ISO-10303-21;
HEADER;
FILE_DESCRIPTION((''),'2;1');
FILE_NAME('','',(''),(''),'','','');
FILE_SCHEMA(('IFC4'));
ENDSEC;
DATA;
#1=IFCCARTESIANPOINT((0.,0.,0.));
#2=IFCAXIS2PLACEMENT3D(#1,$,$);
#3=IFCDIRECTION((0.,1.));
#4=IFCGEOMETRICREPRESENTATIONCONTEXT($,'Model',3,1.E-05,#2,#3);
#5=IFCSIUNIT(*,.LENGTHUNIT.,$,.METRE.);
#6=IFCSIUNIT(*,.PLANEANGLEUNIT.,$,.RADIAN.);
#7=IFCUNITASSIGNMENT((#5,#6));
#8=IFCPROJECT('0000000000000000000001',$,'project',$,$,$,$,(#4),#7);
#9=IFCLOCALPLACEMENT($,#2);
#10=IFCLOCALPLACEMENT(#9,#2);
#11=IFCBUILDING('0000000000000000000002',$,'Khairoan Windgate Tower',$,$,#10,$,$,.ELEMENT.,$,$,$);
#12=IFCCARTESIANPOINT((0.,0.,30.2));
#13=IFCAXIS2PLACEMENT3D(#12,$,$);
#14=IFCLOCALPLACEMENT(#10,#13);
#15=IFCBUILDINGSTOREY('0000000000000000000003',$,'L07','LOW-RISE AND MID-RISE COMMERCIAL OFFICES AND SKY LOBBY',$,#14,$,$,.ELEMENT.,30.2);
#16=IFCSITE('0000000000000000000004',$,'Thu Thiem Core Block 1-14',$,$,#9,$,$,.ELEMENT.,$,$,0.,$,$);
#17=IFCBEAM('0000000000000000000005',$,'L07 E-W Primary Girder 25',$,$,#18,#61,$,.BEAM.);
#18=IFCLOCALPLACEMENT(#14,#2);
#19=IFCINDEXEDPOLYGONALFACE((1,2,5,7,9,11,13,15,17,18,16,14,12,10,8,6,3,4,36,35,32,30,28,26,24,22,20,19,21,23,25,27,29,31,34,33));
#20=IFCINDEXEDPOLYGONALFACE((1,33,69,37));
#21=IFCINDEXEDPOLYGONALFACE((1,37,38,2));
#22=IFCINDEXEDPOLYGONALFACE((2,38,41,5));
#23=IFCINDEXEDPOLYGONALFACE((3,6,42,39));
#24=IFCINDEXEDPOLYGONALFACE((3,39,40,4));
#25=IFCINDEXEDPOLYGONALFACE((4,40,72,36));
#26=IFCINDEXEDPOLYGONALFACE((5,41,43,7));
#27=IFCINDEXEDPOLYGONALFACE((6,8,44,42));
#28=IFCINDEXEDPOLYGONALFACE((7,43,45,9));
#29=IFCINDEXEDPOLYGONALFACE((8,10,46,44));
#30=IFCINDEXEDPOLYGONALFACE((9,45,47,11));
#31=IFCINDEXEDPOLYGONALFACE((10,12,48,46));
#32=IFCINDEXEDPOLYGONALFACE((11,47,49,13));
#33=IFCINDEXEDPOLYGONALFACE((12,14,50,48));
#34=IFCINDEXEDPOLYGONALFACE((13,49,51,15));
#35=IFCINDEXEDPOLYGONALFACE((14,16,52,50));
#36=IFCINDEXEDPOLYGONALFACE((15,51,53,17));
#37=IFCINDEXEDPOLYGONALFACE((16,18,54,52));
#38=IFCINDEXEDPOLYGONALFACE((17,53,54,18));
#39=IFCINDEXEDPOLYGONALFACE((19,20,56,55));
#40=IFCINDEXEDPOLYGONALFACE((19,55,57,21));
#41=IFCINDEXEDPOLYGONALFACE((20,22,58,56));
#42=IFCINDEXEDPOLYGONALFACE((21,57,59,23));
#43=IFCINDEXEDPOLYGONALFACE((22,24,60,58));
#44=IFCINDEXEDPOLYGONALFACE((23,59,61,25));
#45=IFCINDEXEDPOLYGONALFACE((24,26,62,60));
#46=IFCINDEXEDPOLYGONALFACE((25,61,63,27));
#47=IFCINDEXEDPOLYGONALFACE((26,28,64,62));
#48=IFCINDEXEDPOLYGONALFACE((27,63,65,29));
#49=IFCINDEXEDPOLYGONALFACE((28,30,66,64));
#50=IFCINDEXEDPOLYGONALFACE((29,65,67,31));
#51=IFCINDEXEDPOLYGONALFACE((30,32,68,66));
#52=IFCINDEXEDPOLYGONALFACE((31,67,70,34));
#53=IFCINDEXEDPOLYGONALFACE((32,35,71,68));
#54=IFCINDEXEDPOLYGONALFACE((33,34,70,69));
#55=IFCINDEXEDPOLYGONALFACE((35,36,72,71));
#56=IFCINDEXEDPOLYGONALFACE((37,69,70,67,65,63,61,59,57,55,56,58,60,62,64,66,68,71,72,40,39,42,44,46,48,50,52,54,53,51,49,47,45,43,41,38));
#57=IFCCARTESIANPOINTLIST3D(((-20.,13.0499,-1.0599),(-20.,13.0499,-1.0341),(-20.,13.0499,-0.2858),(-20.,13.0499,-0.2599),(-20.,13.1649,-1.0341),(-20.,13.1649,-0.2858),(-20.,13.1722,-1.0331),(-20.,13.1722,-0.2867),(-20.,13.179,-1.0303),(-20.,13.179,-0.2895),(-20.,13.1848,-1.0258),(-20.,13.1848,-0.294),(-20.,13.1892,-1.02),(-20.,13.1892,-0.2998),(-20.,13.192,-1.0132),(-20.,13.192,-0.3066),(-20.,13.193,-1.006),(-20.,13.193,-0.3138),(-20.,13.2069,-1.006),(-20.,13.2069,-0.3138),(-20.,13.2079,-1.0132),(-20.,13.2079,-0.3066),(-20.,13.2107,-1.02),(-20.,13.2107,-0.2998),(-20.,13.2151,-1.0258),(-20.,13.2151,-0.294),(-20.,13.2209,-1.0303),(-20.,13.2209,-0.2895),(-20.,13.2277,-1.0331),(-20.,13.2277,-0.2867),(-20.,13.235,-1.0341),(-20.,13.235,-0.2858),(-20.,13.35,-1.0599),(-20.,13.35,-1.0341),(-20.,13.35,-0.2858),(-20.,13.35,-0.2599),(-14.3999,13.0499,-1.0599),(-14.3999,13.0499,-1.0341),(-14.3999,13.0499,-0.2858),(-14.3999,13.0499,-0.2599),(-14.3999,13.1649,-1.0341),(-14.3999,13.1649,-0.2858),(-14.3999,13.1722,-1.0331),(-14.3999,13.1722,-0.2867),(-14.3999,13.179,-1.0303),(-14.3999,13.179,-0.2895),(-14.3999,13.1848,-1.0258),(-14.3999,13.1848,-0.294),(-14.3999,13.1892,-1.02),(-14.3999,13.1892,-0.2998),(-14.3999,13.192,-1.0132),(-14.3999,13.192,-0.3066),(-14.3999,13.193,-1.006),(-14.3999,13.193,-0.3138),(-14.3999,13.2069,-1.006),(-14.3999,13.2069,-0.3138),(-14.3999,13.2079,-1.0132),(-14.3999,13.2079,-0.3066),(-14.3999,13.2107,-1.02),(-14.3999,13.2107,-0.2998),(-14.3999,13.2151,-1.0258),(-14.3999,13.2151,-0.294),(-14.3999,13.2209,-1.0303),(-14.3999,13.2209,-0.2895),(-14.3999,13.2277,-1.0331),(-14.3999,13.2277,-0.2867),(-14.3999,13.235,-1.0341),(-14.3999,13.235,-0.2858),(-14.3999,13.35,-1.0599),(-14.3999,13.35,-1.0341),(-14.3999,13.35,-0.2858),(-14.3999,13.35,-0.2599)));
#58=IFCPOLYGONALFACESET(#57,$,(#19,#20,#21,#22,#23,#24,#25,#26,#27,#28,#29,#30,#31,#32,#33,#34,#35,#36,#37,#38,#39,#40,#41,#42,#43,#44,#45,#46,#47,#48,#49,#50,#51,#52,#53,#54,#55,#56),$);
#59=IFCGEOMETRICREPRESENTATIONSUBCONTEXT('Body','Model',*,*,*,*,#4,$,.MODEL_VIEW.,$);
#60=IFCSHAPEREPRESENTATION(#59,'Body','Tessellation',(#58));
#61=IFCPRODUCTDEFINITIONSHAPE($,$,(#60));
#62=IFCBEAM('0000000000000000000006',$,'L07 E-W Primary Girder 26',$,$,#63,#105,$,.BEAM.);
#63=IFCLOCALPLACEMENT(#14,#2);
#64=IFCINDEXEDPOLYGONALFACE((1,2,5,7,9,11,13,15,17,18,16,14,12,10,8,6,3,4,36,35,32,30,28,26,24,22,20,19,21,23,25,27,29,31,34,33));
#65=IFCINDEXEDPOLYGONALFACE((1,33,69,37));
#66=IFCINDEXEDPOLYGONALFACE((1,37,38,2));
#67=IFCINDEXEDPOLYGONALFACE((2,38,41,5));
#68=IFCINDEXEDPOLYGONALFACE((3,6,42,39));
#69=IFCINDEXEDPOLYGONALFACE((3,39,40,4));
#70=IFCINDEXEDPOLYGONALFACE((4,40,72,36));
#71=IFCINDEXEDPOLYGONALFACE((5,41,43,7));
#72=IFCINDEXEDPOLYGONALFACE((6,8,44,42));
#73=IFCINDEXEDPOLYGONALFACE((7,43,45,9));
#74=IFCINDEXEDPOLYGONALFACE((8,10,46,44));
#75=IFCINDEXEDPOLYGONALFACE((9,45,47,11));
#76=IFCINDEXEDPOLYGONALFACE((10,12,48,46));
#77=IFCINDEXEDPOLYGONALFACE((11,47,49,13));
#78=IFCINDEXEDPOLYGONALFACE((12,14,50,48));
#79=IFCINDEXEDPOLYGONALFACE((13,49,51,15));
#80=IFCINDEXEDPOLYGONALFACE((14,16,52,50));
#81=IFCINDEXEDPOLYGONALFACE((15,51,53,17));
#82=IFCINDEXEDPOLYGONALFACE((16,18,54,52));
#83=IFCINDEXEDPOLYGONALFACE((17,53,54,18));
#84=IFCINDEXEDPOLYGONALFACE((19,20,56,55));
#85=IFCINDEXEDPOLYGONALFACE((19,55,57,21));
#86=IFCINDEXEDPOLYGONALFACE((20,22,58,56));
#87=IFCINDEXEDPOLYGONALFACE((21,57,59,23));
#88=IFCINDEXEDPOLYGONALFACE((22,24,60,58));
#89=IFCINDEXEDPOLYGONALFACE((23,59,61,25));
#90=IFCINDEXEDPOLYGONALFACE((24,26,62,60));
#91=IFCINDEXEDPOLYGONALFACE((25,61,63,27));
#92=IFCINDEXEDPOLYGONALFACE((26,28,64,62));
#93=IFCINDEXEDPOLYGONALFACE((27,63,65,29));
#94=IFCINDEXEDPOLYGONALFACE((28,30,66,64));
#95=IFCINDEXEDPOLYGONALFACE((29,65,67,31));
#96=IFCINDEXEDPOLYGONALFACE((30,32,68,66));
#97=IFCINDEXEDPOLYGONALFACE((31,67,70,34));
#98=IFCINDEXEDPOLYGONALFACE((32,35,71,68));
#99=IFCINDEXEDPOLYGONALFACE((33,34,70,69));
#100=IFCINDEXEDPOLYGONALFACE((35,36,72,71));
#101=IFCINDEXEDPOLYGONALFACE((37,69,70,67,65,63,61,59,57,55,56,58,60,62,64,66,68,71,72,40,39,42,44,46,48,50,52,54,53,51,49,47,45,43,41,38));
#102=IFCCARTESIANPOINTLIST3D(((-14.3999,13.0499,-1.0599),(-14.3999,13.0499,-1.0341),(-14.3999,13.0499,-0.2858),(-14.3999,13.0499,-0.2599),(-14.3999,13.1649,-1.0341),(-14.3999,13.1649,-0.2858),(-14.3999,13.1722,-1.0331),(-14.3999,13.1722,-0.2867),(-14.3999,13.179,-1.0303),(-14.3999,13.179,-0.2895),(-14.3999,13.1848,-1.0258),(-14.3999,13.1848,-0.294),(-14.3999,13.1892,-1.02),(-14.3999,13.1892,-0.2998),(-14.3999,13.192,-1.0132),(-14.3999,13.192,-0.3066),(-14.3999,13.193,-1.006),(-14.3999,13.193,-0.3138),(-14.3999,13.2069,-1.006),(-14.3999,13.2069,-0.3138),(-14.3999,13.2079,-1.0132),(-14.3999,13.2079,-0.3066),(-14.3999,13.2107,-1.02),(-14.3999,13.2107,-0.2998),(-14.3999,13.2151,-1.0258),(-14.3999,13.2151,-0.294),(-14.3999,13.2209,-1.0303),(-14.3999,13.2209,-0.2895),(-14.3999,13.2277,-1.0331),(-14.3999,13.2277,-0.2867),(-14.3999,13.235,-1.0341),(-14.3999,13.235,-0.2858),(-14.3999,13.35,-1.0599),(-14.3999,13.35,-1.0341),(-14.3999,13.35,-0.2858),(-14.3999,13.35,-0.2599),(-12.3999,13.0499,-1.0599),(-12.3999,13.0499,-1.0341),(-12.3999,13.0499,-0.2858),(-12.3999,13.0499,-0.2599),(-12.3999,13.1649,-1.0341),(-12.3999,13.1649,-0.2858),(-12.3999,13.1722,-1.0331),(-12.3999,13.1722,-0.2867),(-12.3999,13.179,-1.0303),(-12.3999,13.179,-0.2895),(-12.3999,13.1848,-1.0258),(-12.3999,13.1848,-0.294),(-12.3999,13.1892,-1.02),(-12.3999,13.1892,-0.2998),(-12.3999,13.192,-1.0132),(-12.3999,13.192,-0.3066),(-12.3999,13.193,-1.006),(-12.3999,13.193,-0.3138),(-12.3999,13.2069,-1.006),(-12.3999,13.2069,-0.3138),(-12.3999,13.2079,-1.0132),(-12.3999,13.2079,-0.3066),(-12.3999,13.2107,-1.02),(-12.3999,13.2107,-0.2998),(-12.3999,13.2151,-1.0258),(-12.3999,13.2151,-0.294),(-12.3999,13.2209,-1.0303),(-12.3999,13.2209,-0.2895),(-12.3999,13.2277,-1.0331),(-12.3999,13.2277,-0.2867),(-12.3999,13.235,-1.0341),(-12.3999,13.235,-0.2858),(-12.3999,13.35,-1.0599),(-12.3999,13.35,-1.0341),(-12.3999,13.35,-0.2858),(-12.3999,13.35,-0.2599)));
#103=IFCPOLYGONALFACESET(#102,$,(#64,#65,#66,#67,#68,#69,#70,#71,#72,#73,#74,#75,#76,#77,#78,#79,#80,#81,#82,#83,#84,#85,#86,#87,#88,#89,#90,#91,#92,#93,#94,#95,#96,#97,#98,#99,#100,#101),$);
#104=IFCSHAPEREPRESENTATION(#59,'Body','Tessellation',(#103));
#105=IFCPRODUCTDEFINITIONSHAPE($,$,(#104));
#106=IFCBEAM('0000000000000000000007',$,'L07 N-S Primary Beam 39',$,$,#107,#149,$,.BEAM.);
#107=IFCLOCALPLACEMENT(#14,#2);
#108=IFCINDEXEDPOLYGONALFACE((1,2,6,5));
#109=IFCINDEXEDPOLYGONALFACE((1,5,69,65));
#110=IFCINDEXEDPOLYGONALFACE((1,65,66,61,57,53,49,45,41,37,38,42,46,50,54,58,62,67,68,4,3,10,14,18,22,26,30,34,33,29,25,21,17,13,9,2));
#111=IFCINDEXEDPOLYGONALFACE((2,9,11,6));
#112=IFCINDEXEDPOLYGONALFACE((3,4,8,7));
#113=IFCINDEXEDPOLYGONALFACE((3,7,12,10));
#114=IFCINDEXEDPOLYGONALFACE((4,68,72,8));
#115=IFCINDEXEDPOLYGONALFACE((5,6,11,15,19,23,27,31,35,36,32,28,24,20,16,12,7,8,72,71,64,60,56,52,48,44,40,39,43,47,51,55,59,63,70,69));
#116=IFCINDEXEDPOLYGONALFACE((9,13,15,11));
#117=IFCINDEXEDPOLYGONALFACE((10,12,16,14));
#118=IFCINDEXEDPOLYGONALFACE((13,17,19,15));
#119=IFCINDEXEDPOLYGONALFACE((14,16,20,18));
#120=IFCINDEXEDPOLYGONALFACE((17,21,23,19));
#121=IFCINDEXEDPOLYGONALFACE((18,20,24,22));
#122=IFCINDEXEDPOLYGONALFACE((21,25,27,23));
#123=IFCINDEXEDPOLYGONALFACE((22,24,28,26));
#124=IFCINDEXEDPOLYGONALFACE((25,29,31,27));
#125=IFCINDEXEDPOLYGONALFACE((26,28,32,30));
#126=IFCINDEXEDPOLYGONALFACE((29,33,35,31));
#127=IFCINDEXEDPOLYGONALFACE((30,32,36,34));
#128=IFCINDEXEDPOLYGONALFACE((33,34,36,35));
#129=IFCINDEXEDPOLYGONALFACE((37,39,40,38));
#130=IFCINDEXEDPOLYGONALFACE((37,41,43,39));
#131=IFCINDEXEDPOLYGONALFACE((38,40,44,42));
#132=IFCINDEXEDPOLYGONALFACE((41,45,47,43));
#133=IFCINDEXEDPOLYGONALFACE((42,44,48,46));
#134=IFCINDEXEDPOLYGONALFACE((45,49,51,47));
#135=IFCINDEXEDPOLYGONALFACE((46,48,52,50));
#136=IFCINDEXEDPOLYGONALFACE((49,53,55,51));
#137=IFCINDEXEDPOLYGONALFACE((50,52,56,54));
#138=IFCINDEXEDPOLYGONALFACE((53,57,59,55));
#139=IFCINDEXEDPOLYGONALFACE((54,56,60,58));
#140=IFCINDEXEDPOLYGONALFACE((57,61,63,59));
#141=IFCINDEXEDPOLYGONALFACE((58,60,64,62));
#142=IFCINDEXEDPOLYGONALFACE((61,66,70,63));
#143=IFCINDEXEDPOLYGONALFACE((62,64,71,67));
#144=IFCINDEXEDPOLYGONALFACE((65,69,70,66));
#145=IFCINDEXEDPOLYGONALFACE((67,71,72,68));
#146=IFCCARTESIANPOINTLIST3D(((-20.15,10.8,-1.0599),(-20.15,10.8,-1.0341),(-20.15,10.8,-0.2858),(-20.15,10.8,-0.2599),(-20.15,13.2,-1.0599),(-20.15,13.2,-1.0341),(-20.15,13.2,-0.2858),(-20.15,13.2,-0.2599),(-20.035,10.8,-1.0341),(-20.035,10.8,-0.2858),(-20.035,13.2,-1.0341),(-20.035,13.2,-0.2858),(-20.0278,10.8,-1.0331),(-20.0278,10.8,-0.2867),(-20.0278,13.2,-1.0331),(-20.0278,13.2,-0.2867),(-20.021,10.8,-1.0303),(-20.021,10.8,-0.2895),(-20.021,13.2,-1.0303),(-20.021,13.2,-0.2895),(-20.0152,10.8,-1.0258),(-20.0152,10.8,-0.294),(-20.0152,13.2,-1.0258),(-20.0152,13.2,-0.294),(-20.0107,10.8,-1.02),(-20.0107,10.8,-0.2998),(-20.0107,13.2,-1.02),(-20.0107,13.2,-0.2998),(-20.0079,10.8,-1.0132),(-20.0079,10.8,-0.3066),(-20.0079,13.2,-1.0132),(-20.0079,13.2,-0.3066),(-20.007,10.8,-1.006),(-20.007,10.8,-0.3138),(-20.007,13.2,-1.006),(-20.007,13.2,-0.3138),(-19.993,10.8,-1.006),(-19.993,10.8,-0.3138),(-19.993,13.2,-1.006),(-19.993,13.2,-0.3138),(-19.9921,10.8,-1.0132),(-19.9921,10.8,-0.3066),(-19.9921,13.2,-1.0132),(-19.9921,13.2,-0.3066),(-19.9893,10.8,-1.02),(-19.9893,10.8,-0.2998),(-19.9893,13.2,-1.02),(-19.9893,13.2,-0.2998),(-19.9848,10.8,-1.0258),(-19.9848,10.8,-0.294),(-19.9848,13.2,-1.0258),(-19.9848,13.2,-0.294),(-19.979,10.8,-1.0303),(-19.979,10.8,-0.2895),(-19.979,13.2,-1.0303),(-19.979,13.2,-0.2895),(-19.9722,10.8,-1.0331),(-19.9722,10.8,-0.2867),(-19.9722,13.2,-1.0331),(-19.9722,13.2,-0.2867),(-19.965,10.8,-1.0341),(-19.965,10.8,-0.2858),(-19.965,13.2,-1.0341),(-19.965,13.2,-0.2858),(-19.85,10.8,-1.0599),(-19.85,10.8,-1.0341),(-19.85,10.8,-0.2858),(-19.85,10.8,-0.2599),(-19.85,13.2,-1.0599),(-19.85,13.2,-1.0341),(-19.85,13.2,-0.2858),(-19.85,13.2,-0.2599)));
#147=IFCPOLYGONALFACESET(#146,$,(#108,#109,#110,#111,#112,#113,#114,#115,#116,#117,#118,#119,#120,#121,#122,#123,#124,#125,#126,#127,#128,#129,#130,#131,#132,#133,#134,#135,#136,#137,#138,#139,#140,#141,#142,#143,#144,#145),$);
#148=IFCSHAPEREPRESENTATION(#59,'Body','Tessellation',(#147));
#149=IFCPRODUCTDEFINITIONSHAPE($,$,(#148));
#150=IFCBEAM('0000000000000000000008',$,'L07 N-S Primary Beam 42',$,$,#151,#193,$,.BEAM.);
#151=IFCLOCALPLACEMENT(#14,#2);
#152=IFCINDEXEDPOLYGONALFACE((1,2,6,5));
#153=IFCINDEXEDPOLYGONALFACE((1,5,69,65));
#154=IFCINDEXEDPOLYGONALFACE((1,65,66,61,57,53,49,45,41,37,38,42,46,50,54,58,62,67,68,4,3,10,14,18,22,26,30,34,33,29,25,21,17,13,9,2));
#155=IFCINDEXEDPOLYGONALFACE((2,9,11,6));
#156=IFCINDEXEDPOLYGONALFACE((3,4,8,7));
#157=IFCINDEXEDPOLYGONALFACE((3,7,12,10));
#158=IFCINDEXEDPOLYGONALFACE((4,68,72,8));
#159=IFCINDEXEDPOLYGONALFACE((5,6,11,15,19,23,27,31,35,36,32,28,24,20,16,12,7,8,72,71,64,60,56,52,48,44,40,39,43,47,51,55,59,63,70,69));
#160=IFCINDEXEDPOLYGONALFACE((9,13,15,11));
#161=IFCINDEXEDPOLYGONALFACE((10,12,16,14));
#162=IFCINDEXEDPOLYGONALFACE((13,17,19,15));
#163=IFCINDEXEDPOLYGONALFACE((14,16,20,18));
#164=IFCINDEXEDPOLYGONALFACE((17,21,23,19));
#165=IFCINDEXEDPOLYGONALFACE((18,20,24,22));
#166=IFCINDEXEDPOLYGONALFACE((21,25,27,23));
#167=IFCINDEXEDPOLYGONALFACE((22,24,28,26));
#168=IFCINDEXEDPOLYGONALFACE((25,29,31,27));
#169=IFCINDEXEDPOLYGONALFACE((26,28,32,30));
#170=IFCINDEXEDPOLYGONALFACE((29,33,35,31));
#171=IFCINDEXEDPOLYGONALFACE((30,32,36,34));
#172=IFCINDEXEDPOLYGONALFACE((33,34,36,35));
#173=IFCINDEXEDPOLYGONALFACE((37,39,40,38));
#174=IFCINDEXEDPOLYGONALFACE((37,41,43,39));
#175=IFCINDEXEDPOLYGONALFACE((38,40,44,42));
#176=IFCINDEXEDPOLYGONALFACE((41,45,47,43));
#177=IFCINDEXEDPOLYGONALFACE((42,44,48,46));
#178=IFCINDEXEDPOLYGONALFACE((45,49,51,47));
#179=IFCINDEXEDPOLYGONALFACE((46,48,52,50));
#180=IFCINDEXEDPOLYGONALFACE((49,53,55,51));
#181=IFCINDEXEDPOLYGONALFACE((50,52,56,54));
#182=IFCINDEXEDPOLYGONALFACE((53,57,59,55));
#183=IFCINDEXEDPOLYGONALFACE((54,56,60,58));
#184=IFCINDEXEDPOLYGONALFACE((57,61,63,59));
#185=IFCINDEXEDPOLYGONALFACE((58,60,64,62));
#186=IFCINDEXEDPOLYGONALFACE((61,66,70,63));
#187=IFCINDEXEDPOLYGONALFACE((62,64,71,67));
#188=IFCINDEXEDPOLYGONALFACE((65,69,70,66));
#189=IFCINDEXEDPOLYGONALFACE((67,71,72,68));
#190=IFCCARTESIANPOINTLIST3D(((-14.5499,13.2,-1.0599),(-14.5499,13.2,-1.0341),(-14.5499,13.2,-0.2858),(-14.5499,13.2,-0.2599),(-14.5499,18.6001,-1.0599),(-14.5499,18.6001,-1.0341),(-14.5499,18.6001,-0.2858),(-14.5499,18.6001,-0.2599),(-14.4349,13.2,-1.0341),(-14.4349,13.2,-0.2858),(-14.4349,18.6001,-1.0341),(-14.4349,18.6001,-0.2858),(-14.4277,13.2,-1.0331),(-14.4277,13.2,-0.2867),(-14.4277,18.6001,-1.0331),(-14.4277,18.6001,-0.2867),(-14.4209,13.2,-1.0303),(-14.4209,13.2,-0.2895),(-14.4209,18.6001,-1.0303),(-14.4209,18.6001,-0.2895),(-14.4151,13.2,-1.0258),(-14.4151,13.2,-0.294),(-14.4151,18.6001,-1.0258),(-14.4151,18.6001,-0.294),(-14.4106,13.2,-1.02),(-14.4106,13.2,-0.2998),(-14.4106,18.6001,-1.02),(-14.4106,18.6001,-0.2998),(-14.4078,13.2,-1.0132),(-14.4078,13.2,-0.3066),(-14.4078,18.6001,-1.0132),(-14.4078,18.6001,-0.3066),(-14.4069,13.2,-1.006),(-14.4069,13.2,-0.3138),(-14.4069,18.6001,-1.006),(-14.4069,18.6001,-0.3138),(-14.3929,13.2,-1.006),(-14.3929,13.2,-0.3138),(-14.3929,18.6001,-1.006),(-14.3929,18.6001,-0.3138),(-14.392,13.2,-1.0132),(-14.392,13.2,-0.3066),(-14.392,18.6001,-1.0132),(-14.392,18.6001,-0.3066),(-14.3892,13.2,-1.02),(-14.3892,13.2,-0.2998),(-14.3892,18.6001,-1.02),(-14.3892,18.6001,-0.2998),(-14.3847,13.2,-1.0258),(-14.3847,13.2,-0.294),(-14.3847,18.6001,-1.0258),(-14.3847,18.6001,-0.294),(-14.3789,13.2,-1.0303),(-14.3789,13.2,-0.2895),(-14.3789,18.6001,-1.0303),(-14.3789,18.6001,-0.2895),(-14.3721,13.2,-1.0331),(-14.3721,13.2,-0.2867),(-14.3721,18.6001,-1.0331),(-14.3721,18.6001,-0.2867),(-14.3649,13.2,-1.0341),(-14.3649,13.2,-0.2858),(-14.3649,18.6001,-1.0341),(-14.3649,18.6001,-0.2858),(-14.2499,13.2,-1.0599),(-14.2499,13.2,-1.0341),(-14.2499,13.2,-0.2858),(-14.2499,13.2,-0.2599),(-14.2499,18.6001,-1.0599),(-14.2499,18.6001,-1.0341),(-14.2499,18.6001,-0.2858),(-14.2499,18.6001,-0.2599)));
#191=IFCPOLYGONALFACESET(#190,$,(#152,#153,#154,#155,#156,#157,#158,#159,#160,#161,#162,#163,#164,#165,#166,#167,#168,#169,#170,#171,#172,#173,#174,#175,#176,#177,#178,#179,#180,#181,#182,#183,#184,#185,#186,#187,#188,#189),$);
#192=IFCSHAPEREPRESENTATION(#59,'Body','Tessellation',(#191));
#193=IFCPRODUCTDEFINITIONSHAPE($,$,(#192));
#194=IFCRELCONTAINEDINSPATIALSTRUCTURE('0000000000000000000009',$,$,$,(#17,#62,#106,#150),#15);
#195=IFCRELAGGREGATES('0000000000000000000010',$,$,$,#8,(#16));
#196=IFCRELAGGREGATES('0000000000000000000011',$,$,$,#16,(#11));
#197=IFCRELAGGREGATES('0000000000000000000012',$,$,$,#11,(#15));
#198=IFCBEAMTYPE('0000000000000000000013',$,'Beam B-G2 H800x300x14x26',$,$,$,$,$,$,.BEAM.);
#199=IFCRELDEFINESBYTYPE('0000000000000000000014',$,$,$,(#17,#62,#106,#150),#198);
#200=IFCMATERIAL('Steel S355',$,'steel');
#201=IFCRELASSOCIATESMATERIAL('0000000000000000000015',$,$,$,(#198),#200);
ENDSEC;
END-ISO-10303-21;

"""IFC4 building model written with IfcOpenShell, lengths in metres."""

from ifc_helpers import new_model, si_unit, direction, frame, origin, origin_2d, place, context, subcontext, project, spatial, i_section, extrude, material, material_profile, profile_set, type_object, element, save


model = new_model("IFC4")

# Units and contexts
model_context = context("Model", 3, precision=1e-05, world=origin(), true_north=direction((0.0, 1.0)))
body_context = subcontext(model_context, "Body", "Model", "MODEL_VIEW")
ifc_project = project(units=[si_unit("LENGTHUNIT", "METRE"), si_unit("PLANEANGLEUNIT", "RADIAN")], contexts=[model_context])

# Site, building, storey
site_placement = place(None, origin())
site = spatial("IfcSite", under=ifc_project, at=site_placement, Name="Thu Thiem Core Block 1-14", CompositionType="ELEMENT", RefElevation=0.0)
building_placement = place(site_placement, origin())
building = spatial("IfcBuilding", under=site, at=building_placement, Name="Khairoan Windgate Tower", CompositionType="ELEMENT")
storey_placement = place(building_placement, frame((0.0, 0.0, 30.2)))
storey = spatial("IfcBuildingStorey", under=building, at=storey_placement, Name="L07", Description="LOW-RISE AND MID-RISE COMMERCIAL OFFICES AND SKY LOBBY", CompositionType="ELEMENT", Elevation=30.2)

# Beams
ifc_material_1 = material(Name="Steel S355", Category="steel")
ifc_material_profile_1 = material_profile(ifc_material_1, i_section(OverallWidth=0.3, OverallDepth=0.8, WebThickness=0.0139, FlangeThickness=0.0259, FilletRadius=0.0281, at=origin_2d()))
ifc_profile_set_1 = profile_set([ifc_material_profile_1], Name="Steel S355")
beam_type = type_object("IfcBeamType", Name="Beam B-G2 H800x300x14x26", PredefinedType="BEAM", material=ifc_profile_set_1)
beam_1_placement = place(storey_placement, frame((-20.0, 13.2, -0.6599), z_axis=(1.0, 0.0, 0.0), x_axis=(0.0, 1.0, 0.0)))
element("IfcBeam", 1, at=beam_1_placement, inside=storey, type_object=beam_type, Name="L07 E-W Primary Girder 25", PredefinedType="BEAM", context=body_context, shape_type="SweptSolid", body=[
    extrude(i_section(OverallWidth=0.3, OverallDepth=0.8, WebThickness=0.0139, FlangeThickness=0.0259, FilletRadius=0.0281, at=origin_2d()), origin(), (0.0, 0.0, 1.0), 5.6001),
])
beam_2_placement = place(storey_placement, frame((-14.3999, 13.2, -0.6599), z_axis=(1.0, 0.0, 0.0), x_axis=(0.0, 1.0, 0.0)))
element("IfcBeam", 2, at=beam_2_placement, inside=storey, type_object=beam_type, Name="L07 E-W Primary Girder 26", PredefinedType="BEAM", context=body_context, shape_type="SweptSolid", body=[
    extrude(i_section(OverallWidth=0.3, OverallDepth=0.8, WebThickness=0.0139, FlangeThickness=0.0259, FilletRadius=0.0281, at=origin_2d()), origin(), (0.0, 0.0, 1.0), 2.0),
])
beam_3_placement = place(storey_placement, frame((-20.0, 10.8, -0.6599), z_axis=(0.0, 1.0, 0.0), x_axis=(-1.0, 0.0, 0.0)))
element("IfcBeam", 3, at=beam_3_placement, inside=storey, type_object=beam_type, Name="L07 N-S Primary Beam 39", PredefinedType="BEAM", context=body_context, shape_type="SweptSolid", body=[
    extrude(i_section(OverallWidth=0.3, OverallDepth=0.8, WebThickness=0.0139, FlangeThickness=0.0259, FilletRadius=0.0281, at=origin_2d()), origin(), (0.0, 0.0, 1.0), 2.3999),
])
beam_4_placement = place(storey_placement, frame((-14.3999, 13.2, -0.6599), z_axis=(0.0, 1.0, 0.0), x_axis=(-1.0, 0.0, 0.0)))
element("IfcBeam", 4, at=beam_4_placement, inside=storey, type_object=beam_type, Name="L07 N-S Primary Beam 42", PredefinedType="BEAM", context=body_context, shape_type="SweptSolid", body=[
    extrude(i_section(OverallWidth=0.3, OverallDepth=0.8, WebThickness=0.0139, FlangeThickness=0.0259, FilletRadius=0.0281, at=origin_2d()), origin(), (0.0, 0.0, 1.0), 5.4001),
])

save(model, "model.ifc")
